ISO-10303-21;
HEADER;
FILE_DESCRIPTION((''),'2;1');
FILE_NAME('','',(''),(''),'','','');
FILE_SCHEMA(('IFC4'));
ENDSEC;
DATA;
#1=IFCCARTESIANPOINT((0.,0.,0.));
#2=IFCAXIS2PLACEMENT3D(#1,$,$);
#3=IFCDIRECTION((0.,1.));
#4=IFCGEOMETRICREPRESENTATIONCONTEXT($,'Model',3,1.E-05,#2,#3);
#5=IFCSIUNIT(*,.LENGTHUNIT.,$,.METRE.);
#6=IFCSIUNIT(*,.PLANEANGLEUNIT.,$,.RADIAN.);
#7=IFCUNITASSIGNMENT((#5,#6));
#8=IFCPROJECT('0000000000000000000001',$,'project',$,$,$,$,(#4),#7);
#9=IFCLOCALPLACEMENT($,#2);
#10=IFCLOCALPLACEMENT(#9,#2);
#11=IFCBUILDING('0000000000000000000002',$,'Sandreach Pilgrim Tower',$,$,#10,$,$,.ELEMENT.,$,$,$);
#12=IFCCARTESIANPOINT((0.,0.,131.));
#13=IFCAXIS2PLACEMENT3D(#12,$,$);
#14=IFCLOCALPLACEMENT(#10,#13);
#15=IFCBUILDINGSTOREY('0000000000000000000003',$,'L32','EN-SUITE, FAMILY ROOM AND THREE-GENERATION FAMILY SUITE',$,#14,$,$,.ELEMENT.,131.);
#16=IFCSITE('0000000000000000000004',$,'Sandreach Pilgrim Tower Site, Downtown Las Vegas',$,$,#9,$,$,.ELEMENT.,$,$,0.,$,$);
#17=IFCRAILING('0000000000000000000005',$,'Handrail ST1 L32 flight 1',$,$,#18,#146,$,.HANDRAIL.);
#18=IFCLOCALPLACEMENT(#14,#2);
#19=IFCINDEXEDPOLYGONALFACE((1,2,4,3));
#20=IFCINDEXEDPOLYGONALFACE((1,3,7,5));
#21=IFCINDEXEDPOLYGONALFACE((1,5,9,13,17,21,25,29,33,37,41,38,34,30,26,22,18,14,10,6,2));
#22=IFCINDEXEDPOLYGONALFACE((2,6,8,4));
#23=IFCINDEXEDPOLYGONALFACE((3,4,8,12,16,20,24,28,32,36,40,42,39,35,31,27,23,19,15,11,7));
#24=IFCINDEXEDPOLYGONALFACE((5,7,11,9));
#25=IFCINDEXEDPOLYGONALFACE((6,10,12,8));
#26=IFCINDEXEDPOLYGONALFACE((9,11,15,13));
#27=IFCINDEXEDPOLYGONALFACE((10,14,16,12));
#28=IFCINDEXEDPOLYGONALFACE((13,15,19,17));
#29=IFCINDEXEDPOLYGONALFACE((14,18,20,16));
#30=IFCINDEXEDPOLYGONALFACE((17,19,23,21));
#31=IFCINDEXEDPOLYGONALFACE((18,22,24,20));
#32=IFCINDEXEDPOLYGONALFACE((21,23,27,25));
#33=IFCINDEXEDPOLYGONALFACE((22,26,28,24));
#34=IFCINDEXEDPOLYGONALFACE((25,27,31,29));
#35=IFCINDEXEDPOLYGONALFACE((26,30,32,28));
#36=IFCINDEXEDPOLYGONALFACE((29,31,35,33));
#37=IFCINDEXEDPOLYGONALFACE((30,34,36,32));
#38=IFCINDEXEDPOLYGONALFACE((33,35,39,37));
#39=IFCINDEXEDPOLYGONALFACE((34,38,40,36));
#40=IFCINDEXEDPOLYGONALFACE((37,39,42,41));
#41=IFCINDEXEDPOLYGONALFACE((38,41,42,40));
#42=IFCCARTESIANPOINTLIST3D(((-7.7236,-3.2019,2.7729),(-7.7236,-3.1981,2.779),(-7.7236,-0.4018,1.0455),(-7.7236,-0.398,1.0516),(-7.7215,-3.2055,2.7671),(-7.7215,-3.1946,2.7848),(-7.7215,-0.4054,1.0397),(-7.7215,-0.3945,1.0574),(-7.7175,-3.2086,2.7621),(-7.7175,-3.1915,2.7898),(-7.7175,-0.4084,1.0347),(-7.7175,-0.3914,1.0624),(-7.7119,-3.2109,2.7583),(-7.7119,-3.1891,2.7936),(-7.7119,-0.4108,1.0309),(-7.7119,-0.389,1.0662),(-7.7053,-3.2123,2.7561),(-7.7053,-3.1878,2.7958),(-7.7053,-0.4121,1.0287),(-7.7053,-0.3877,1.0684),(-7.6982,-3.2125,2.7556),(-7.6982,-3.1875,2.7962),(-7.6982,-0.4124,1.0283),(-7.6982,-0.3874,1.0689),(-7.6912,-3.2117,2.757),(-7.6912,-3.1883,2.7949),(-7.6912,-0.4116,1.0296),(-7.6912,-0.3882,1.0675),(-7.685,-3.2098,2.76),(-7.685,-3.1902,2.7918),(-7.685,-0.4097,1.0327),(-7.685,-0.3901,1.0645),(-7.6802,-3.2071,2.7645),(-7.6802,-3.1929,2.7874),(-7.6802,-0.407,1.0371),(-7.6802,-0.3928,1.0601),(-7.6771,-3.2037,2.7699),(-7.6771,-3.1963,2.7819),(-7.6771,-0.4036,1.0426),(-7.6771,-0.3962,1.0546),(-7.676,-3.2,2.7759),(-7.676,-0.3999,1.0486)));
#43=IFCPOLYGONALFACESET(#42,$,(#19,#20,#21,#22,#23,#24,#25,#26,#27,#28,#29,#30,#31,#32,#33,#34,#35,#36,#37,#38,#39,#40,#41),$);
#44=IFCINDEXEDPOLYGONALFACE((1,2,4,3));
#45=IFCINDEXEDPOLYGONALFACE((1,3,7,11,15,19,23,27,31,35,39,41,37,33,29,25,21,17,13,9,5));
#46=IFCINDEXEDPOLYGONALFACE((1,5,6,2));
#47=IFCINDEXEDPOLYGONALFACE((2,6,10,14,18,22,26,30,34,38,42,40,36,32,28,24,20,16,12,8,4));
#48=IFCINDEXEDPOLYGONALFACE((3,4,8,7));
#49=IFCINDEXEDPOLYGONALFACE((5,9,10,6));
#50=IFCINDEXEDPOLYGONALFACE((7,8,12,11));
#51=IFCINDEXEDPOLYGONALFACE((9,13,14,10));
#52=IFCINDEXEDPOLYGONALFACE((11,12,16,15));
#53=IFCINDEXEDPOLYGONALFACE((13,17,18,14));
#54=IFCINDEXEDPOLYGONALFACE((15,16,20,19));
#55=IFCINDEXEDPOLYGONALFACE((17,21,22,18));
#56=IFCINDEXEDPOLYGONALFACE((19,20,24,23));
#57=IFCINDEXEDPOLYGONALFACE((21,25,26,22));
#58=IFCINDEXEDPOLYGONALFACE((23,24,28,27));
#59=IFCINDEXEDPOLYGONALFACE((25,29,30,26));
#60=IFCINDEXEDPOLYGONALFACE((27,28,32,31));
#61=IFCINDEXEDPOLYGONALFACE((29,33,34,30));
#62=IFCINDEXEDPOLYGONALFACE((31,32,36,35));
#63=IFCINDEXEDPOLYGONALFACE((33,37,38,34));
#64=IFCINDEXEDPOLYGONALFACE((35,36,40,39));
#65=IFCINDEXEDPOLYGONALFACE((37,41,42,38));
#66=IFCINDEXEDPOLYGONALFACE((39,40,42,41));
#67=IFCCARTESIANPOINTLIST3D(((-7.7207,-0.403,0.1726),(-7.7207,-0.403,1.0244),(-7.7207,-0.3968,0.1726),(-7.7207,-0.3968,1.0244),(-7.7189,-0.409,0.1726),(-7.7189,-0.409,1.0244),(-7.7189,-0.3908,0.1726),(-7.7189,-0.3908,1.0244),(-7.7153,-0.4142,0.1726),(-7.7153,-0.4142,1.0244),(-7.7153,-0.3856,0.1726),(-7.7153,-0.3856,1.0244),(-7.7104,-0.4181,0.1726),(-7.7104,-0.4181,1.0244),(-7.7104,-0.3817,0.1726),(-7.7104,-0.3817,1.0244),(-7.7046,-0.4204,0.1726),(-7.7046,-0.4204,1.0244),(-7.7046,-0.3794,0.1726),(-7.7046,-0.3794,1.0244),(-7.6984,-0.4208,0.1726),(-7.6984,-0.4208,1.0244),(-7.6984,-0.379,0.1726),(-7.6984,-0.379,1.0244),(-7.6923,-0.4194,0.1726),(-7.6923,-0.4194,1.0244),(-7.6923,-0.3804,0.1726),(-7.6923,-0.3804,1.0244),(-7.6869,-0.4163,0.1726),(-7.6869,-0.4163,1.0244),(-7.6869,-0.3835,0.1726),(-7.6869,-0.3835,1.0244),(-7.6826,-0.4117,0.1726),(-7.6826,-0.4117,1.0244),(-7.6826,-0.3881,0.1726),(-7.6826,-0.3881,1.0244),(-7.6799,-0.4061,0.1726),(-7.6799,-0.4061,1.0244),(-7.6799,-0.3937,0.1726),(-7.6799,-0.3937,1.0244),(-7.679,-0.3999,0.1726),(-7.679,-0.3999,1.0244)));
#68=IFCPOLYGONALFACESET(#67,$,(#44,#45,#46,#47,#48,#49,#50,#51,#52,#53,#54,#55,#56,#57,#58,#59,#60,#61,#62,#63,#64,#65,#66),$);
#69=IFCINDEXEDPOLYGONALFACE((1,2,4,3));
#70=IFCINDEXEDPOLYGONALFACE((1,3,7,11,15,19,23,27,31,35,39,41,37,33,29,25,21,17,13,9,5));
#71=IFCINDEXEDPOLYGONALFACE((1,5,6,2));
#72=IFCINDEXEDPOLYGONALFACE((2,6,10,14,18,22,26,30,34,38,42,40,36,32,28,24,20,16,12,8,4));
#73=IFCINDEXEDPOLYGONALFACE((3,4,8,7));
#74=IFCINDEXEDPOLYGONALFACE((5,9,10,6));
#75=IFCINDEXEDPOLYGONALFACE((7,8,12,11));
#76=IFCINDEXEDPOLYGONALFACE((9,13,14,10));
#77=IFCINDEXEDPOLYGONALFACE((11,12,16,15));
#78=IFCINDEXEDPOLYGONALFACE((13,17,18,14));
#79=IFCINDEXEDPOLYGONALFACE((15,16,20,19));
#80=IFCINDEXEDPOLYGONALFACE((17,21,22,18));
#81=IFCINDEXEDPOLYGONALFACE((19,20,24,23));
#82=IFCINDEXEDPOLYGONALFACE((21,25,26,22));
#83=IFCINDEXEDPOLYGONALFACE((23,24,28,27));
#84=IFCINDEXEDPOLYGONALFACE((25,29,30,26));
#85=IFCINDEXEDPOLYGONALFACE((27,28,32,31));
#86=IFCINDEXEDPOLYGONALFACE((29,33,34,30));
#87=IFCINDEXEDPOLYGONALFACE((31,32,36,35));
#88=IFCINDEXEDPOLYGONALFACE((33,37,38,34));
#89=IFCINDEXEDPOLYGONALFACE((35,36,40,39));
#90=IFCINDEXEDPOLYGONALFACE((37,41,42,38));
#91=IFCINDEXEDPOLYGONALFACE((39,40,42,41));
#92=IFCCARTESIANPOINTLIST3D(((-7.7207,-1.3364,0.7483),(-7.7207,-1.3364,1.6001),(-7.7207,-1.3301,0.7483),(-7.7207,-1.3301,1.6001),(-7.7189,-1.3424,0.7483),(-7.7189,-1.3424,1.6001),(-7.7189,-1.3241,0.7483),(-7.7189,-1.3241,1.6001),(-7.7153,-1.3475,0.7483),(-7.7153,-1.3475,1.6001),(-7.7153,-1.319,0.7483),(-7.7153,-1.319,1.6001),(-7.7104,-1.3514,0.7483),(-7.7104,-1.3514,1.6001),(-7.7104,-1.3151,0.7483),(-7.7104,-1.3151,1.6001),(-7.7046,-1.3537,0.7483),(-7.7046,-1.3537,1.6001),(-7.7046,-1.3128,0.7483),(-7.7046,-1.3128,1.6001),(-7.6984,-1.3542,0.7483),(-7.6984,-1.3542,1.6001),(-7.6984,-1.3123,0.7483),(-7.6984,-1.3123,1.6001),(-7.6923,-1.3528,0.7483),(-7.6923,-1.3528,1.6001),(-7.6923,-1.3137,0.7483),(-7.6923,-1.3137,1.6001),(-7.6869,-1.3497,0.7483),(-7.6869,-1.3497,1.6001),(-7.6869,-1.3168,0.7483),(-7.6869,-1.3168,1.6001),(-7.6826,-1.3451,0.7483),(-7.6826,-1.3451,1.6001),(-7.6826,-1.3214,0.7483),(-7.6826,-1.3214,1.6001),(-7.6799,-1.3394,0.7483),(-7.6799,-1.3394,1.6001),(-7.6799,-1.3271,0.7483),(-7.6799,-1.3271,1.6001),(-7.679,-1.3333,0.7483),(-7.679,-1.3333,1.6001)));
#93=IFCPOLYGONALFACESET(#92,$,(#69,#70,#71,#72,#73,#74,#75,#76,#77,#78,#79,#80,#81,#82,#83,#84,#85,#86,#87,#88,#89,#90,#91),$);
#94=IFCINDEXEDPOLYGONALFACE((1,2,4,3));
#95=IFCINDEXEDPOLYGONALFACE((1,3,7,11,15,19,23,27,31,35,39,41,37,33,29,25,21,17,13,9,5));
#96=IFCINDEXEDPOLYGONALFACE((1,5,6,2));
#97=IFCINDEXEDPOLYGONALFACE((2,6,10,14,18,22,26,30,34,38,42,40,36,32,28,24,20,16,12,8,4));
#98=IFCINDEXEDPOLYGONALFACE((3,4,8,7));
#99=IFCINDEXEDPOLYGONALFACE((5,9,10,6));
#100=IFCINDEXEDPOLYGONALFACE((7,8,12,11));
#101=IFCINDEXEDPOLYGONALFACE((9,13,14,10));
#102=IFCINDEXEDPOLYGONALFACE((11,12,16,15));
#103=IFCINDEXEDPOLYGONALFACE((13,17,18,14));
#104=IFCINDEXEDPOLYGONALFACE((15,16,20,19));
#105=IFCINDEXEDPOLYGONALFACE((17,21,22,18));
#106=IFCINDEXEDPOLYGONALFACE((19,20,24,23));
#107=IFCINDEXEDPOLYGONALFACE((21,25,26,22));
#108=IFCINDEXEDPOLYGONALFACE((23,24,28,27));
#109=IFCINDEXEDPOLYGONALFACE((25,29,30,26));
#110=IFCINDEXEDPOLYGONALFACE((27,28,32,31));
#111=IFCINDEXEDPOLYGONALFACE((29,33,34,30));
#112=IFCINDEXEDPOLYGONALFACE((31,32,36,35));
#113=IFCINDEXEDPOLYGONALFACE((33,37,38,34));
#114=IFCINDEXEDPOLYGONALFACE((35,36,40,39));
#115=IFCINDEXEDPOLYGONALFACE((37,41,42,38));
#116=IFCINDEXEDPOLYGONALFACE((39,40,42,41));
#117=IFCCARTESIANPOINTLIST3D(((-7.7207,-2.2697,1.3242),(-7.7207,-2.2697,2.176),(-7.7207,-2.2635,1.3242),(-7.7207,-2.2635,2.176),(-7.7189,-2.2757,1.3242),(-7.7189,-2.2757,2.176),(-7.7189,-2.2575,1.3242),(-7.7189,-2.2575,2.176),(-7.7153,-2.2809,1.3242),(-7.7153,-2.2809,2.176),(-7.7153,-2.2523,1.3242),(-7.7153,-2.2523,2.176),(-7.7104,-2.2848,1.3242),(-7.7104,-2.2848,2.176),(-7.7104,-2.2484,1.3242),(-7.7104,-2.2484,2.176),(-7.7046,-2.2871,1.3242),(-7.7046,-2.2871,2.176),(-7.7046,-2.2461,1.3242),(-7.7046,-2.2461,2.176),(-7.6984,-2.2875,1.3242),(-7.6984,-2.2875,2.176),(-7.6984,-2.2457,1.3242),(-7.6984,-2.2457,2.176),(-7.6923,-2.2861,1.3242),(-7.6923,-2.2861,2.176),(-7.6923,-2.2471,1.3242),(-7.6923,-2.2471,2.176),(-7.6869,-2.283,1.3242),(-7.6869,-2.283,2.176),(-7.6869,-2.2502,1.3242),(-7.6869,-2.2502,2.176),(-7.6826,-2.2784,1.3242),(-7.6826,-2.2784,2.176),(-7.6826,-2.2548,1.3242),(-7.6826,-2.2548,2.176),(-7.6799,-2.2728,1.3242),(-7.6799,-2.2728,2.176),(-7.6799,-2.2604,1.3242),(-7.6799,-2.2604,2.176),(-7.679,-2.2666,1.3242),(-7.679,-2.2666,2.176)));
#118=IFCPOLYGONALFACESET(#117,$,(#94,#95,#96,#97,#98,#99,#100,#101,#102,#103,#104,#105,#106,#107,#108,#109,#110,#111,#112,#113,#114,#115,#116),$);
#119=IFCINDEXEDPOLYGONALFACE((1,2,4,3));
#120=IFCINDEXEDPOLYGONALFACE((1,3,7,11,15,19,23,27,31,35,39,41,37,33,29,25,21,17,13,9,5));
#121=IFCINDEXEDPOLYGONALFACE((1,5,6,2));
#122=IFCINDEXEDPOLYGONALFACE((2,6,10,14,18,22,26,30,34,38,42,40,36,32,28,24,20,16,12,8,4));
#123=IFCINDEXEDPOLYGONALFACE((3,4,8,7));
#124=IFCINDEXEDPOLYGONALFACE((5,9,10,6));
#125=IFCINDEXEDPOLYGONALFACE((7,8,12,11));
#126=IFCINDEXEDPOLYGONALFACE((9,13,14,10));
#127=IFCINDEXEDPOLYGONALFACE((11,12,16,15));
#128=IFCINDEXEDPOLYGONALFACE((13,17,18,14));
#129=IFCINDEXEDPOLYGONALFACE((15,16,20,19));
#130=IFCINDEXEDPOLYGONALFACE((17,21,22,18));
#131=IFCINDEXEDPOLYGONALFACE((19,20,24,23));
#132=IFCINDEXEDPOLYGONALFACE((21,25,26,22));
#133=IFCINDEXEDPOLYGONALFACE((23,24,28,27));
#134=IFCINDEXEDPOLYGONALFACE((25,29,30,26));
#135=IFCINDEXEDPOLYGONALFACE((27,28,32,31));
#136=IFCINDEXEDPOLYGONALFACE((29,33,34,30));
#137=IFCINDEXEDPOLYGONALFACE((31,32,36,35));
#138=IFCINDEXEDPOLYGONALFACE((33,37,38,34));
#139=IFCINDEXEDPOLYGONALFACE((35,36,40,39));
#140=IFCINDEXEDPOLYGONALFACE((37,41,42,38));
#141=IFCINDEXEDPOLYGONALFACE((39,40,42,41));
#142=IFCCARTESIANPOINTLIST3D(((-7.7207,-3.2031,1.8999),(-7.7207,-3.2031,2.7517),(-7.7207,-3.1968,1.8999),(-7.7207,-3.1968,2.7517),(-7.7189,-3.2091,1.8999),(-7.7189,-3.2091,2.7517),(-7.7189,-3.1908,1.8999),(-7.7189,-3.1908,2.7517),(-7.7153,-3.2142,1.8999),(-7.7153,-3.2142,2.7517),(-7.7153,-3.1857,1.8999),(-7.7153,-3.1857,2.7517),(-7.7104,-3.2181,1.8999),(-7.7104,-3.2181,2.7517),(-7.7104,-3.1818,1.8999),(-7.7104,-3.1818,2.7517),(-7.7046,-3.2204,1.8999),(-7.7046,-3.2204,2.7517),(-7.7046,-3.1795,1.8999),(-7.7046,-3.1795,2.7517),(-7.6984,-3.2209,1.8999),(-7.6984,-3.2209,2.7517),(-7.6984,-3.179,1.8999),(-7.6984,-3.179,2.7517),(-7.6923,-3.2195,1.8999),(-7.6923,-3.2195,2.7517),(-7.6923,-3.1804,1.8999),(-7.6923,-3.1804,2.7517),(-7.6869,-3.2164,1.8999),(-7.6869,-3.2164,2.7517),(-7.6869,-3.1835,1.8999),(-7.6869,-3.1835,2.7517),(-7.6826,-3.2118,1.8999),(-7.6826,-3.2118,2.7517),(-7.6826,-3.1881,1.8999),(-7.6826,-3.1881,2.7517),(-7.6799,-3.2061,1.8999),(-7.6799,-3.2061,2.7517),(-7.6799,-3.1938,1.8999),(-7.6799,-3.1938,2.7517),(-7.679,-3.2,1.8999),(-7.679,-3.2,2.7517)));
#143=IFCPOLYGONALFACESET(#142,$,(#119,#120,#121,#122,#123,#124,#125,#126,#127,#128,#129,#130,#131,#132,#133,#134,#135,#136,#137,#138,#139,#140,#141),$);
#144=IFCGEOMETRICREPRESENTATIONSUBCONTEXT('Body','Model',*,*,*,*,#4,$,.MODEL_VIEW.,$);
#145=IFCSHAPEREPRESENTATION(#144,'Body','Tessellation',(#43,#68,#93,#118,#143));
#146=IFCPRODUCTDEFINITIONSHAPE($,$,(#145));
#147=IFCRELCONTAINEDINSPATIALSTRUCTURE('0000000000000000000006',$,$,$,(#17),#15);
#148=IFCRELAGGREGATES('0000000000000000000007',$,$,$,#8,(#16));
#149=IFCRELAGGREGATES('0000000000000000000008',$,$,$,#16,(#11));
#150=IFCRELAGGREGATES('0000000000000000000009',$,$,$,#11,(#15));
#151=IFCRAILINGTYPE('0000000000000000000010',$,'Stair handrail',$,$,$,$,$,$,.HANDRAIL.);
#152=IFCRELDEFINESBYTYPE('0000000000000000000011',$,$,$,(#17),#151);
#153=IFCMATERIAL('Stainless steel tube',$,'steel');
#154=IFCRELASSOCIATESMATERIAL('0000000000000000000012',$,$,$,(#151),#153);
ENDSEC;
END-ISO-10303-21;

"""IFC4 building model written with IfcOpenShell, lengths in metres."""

from ifc_helpers import new_model, si_unit, direction, frame, origin, origin_2d, place, context, subcontext, project, spatial, circle, extrude, material, type_object, element, save


model = new_model("IFC4")

# Units and contexts
model_context = context("Model", 3, precision=1e-05, world=origin(), true_north=direction((0.0, 1.0)))
body_context = subcontext(model_context, "Body", "Model", "MODEL_VIEW")
ifc_project = project(units=[si_unit("LENGTHUNIT", "METRE"), si_unit("PLANEANGLEUNIT", "RADIAN")], contexts=[model_context])

# Site, building, storey
site_placement = place(None, origin())
site = spatial("IfcSite", under=ifc_project, at=site_placement, Name="Sandreach Pilgrim Tower Site, Downtown Las Vegas", CompositionType="ELEMENT", RefElevation=0.0)
building_placement = place(site_placement, origin())
building = spatial("IfcBuilding", under=site, at=building_placement, Name="Sandreach Pilgrim Tower", CompositionType="ELEMENT")
storey_placement = place(building_placement, frame((0.0, 0.0, 131.0)))
storey = spatial("IfcBuildingStorey", under=building, at=storey_placement, Name="L32", Description="EN-SUITE, FAMILY ROOM AND THREE-GENERATION FAMILY SUITE", CompositionType="ELEMENT", Elevation=131.0)

# Railing
ifc_material_1 = material(Name="Stainless steel tube", Category="steel")
railing_type = type_object("IfcRailingType", Name="Stair handrail", PredefinedType="HANDRAIL", material=ifc_material_1)
for number, where, name in (
    (1, (-7.7, -0.3999, 0.1726), "Handrail ST1 L32 flight 1"),
):
    element("IfcRailing", number, at=place(storey_placement, frame(where)), inside=storey, type_object=railing_type, Name=name, PredefinedType="HANDRAIL", context=body_context, shape_type="SweptSolid", body=[
        extrude(circle(Radius=0.0239, at=origin_2d()), frame((0.0, 0.0, 0.876), z_axis=(0.0, -0.85109, 0.52502), x_axis=(1.0, 0.0, 0.0)), (0.0, 0.0, 1.0), 3.29),
        extrude(circle(Radius=0.021, at=origin_2d()), origin(), (0.0, 0.0, 1.0), 0.8518),
        extrude(circle(Radius=0.021, at=origin_2d()), frame((0.0, -0.9333, 0.5757)), (0.0, 0.0, 1.0), 0.8518),
        extrude(circle(Radius=0.021, at=origin_2d()), frame((0.0, -1.8667, 1.1516)), (0.0, 0.0, 1.0), 0.8518),
        extrude(circle(Radius=0.021, at=origin_2d()), frame((0.0, -2.8, 1.7273)), (0.0, 0.0, 1.0), 0.8518),
    ])

save(model, "model.ifc")
